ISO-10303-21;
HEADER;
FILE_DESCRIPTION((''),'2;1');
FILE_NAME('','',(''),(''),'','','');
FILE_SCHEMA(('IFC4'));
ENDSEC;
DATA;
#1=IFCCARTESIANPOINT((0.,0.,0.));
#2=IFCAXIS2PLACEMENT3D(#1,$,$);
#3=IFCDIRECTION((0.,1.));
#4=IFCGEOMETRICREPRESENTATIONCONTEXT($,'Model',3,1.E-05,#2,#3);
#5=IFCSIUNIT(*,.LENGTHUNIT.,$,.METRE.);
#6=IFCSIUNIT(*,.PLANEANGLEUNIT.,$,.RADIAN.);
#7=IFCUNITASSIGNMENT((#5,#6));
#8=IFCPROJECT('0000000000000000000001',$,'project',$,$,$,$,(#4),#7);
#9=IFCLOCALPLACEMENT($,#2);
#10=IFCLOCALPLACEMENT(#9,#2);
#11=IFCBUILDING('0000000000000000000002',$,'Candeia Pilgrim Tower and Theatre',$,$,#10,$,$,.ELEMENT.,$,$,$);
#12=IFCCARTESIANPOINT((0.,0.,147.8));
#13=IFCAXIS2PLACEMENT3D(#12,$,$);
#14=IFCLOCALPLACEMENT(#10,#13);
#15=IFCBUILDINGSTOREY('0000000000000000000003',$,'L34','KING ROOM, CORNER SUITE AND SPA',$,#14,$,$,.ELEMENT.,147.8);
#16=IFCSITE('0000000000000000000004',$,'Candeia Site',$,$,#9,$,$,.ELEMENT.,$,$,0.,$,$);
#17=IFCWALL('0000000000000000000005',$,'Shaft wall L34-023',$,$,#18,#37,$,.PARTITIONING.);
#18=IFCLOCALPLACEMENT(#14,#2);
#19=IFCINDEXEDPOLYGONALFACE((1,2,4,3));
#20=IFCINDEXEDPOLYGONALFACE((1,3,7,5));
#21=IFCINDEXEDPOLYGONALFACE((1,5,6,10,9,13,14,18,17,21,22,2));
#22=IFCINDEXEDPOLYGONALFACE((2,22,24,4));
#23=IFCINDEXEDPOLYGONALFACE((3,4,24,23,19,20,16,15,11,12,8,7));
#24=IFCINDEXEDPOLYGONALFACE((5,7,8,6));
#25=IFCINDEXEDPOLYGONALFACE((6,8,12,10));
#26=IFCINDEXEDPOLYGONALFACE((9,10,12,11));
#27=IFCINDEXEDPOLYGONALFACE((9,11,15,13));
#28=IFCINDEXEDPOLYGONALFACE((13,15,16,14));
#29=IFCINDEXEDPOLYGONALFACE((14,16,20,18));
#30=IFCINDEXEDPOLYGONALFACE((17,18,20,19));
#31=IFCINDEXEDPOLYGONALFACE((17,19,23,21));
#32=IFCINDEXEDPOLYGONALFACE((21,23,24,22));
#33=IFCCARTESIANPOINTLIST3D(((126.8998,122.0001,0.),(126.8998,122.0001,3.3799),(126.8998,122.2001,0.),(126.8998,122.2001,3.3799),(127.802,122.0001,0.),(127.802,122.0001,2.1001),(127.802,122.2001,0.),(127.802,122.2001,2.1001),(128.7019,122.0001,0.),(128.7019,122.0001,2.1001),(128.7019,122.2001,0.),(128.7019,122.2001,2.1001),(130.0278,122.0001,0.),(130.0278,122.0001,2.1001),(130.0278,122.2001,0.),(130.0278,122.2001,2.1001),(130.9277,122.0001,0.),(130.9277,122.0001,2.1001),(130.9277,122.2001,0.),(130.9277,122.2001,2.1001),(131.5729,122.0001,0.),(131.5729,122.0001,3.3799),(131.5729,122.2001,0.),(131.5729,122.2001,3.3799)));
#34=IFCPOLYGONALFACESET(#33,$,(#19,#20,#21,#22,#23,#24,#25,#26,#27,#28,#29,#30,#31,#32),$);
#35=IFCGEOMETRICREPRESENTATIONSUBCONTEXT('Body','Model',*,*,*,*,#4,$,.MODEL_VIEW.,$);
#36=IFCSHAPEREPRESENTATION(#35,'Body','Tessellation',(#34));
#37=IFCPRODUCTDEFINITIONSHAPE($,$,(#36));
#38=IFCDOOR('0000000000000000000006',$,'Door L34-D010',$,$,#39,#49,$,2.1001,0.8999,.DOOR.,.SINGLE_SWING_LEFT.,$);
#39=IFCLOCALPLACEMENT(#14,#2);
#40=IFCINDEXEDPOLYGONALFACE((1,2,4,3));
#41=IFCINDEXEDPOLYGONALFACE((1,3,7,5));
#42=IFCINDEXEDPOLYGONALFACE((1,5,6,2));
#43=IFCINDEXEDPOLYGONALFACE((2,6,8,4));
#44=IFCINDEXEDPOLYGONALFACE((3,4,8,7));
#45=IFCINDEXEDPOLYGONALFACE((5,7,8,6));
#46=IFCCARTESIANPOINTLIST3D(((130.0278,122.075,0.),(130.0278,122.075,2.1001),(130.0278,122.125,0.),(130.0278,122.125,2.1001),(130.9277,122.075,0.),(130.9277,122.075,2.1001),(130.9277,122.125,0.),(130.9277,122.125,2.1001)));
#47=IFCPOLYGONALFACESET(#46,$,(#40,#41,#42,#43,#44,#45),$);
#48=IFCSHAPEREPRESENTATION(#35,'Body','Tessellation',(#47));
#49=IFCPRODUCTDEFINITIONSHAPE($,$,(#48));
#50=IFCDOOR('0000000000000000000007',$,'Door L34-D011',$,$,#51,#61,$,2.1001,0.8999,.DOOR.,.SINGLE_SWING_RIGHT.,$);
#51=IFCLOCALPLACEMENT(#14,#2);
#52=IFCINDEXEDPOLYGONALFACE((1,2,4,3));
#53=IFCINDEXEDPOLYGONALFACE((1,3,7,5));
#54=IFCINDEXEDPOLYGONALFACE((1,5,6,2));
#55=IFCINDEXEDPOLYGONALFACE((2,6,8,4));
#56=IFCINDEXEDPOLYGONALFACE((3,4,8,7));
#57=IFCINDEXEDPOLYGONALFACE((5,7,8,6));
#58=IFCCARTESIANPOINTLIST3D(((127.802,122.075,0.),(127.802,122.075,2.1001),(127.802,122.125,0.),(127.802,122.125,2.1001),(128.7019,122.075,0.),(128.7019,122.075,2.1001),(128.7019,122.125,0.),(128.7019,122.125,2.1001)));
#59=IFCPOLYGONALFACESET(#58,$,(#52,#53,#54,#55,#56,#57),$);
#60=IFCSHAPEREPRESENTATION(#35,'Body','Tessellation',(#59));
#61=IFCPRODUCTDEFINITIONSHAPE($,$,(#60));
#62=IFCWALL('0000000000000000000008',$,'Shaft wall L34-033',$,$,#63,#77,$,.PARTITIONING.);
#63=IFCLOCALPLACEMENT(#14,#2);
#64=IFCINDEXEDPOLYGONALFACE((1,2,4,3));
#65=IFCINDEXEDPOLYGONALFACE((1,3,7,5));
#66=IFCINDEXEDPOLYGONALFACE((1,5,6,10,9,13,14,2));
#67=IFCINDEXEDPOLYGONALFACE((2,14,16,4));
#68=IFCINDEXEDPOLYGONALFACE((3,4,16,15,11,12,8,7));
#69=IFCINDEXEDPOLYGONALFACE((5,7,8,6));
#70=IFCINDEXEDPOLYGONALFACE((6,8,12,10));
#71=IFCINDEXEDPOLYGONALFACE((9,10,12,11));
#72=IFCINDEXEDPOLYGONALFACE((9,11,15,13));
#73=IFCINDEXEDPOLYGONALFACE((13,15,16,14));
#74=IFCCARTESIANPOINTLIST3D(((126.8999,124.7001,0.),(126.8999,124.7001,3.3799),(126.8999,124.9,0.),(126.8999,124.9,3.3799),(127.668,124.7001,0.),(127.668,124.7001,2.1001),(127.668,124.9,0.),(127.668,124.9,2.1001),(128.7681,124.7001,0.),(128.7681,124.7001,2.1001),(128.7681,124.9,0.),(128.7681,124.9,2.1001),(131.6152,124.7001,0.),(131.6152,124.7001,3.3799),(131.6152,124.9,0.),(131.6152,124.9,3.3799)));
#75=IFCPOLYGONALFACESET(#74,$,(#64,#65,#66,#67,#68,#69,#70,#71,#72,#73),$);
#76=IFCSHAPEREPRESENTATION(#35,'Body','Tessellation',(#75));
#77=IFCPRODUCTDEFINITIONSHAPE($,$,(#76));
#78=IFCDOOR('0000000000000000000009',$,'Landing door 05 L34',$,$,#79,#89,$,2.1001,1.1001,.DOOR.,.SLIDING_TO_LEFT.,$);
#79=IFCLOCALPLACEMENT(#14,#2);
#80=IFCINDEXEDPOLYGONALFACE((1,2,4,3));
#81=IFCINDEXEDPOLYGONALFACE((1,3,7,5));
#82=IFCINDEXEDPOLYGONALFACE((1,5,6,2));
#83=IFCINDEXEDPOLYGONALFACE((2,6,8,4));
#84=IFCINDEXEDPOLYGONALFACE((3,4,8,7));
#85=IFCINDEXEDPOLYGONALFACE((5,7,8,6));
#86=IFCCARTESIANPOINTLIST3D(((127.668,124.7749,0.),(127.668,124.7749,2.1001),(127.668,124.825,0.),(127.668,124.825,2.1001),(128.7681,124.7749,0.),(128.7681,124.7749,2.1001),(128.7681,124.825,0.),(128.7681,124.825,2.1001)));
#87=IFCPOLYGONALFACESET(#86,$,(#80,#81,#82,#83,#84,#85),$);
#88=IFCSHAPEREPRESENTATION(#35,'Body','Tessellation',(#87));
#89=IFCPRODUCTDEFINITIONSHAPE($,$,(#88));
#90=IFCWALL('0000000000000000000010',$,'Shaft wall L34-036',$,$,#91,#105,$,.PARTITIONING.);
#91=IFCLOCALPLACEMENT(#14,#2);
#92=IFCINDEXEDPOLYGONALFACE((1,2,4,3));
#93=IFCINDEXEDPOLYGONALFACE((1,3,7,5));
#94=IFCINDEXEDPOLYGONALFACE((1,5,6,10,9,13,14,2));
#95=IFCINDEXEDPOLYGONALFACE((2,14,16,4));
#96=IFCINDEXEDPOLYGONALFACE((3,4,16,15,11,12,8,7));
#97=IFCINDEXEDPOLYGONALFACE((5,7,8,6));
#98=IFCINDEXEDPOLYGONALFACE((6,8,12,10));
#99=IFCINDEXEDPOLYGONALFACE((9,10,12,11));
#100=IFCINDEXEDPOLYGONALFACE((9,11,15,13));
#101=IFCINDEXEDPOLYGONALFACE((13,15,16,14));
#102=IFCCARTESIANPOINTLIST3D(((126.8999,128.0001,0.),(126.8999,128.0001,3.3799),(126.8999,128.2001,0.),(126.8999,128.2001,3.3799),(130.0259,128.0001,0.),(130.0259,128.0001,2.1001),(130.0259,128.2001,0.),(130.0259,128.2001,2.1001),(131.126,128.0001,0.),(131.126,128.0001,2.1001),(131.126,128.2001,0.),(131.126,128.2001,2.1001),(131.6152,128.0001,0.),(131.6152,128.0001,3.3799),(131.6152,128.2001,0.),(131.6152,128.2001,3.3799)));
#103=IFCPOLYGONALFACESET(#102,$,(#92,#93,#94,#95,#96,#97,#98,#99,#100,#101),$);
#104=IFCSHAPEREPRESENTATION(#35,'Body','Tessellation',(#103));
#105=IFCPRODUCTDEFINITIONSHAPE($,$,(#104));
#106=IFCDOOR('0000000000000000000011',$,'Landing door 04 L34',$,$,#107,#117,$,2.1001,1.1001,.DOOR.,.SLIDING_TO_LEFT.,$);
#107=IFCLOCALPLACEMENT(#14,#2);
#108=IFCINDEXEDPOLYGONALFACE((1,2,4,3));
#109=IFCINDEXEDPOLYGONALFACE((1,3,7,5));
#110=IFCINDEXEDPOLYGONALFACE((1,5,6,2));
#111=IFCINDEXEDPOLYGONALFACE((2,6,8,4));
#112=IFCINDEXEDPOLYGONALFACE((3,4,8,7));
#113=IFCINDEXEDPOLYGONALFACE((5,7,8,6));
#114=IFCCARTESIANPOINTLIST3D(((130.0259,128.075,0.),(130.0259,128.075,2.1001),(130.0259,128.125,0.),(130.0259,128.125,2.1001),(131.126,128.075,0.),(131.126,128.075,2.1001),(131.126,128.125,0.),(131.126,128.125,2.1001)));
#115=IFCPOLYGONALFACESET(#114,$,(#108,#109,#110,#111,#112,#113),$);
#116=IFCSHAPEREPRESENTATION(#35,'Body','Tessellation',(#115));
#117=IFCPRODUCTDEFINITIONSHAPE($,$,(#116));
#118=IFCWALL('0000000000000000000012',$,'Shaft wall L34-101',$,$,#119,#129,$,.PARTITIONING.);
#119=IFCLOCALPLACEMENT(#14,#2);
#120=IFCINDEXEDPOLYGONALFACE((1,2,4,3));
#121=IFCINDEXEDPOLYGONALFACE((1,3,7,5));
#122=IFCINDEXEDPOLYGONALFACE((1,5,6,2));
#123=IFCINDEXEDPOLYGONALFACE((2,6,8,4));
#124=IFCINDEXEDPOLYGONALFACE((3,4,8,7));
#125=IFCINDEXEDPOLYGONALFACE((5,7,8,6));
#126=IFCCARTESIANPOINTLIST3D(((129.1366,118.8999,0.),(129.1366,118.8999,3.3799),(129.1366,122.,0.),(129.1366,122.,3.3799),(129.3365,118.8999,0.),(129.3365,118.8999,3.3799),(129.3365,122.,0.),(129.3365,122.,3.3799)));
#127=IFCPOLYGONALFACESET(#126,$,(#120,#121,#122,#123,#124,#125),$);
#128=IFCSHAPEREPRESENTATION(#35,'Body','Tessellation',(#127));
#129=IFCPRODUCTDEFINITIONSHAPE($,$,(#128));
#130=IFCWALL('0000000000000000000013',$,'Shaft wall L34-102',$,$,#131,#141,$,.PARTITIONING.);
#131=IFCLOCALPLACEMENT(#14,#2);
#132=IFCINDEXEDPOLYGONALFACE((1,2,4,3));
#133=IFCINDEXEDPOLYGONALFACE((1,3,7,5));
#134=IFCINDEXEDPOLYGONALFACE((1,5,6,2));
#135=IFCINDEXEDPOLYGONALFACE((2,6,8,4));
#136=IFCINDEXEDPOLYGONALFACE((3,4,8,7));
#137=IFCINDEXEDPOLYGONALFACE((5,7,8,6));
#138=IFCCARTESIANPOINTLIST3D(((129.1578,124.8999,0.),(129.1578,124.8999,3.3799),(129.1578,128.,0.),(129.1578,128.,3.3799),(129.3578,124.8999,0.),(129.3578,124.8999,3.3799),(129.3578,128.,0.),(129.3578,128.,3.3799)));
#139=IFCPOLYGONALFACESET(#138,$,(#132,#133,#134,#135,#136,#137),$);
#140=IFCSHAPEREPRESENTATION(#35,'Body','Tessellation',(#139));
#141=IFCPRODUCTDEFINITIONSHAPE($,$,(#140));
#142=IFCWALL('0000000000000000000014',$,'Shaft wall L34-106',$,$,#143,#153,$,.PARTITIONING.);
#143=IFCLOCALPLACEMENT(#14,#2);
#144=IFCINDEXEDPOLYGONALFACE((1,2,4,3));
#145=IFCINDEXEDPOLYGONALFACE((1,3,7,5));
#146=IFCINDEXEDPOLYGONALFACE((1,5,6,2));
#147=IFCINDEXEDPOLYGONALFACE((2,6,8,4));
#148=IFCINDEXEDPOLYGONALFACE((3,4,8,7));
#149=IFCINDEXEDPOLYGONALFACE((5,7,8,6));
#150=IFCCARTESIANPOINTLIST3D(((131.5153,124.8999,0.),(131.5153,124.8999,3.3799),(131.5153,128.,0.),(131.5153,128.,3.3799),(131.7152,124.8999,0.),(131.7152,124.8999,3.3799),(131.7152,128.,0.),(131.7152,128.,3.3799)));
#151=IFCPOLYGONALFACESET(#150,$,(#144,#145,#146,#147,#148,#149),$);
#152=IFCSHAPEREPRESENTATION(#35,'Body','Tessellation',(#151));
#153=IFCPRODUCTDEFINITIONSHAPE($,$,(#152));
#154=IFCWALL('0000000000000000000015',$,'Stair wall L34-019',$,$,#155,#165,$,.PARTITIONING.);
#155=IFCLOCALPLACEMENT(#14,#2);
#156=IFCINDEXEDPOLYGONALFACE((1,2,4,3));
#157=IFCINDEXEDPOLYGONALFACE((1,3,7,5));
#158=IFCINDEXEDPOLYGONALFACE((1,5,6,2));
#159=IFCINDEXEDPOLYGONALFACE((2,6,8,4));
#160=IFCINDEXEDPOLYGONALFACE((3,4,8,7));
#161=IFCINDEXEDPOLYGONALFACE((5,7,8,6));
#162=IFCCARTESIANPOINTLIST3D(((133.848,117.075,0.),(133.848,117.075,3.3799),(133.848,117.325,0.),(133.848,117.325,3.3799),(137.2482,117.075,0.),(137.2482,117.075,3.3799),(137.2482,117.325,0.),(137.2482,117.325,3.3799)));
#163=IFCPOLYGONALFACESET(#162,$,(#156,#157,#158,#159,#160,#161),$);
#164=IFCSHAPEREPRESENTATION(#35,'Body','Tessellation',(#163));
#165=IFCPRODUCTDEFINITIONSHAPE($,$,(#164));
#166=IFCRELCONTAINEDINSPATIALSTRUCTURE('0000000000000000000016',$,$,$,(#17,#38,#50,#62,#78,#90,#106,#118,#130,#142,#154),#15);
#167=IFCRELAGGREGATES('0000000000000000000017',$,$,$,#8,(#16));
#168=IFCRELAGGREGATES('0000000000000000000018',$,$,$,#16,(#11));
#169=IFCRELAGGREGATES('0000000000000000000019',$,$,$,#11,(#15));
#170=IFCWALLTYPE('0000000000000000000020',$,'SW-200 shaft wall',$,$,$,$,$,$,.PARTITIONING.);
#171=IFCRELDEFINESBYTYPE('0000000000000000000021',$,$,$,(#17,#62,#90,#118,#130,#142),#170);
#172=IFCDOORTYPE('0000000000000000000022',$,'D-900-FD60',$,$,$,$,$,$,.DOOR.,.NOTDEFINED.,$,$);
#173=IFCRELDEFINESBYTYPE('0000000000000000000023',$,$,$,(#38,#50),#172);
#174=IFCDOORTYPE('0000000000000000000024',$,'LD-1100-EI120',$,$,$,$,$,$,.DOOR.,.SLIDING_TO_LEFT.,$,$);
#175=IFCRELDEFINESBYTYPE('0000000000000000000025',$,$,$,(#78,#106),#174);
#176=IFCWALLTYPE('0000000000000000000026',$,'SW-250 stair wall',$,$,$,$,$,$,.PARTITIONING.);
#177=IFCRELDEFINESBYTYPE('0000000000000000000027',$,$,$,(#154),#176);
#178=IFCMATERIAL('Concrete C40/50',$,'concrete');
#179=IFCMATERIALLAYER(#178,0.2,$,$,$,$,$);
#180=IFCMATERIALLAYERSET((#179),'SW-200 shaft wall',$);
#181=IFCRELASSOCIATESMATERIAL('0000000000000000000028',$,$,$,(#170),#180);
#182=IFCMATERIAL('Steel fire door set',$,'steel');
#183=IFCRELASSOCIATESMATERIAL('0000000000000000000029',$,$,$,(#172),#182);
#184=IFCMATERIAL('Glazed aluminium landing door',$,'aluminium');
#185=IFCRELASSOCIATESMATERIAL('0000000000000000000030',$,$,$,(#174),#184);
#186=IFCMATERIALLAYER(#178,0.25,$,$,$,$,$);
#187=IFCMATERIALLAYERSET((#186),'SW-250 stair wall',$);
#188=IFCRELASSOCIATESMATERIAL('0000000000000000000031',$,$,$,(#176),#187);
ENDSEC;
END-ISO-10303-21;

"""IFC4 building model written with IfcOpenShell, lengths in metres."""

from ifc_helpers import new_model, si_unit, direction, frame, frame_2d, origin, place, context, subcontext, project, spatial, rectangle, extrude, material, layer, layer_set, type_object, element, fill, save


model = new_model("IFC4")

# Units and contexts
model_context = context("Model", 3, precision=1e-05, world=origin(), true_north=direction((0.0, 1.0)))
body_context = subcontext(model_context, "Body", "Model", "MODEL_VIEW")
ifc_project = project(units=[si_unit("LENGTHUNIT", "METRE"), si_unit("PLANEANGLEUNIT", "RADIAN")], contexts=[model_context])

# Site, building, storey
site_placement = place(None, origin())
site = spatial("IfcSite", under=ifc_project, at=site_placement, Name="Candeia Site", CompositionType="ELEMENT", RefElevation=0.0)
building_placement = place(site_placement, origin())
building = spatial("IfcBuilding", under=site, at=building_placement, Name="Candeia Pilgrim Tower and Theatre", CompositionType="ELEMENT")
storey_placement = place(building_placement, frame((0.0, 0.0, 147.8)))
storey = spatial("IfcBuildingStorey", under=building, at=storey_placement, Name="L34", Description="KING ROOM, CORNER SUITE AND SPA", CompositionType="ELEMENT", Elevation=147.8)

# Shared definitions
ifc_material_1 = material(Name="Steel fire door set", Category="steel")

# Shared definitions
ifc_material_2 = material(Name="Concrete C40/50", Category="concrete")
ifc_layer_1 = layer(ifc_material_2, 0.2)
ifc_layer_set_1 = layer_set([ifc_layer_1], Name="SW-200 shaft wall")
wall_type_1 = type_object("IfcWallType", Name="SW-200 shaft wall", PredefinedType="PARTITIONING", material=ifc_layer_set_1)

# Wall, openings, doors
wall_1_placement = place(storey_placement, frame((126.8999, 122.1001, 0.0), z_axis=(0.0, 0.0, 1.0), x_axis=(1.0, 0.0, 0.0)))
wall_1 = element("IfcWall", 1, at=wall_1_placement, inside=storey, type_object=wall_type_1, Name="Shaft wall L34-023", PredefinedType="PARTITIONING", context=body_context, shape_type="SweptSolid", body=[
    extrude(rectangle(XDim=4.6731, YDim=0.2, at=frame_2d((2.3364, 0.0))), origin(), (0.0, 0.0, 1.0), 3.3799),
])
opening_1_placement = place(wall_1_placement, frame((3.1279, 0.0, 0.0)))
opening_1 = element("IfcOpeningElement", 2, at=opening_1_placement, cuts=wall_1, PredefinedType="OPENING", context=body_context, shape_type="SweptSolid", body=[
    extrude(rectangle(XDim=0.8999, YDim=2.1001, at=frame_2d((0.45, 1.05))), frame((0.0, 0.1099, 0.0), z_axis=(0.0, -1.0, 0.0), x_axis=(1.0, 0.0, 0.0)), (0.0, 0.0, 1.0), 0.22),
])
opening_2_placement = place(wall_1_placement, frame((0.9021, 0.0, 0.0)))
opening_2 = element("IfcOpeningElement", 3, at=opening_2_placement, cuts=wall_1, PredefinedType="OPENING", context=body_context, shape_type="SweptSolid", body=[
    extrude(rectangle(XDim=0.8999, YDim=2.1001, at=frame_2d((0.45, 1.05))), frame((0.0, 0.1099, 0.0), z_axis=(0.0, -1.0, 0.0), x_axis=(1.0, 0.0, 0.0)), (0.0, 0.0, 1.0), 0.22),
])
door_type_1 = type_object("IfcDoorType", Name="D-900-FD60", OperationType="NOTDEFINED", PredefinedType="DOOR", material=ifc_material_1)
door_1_placement = place(opening_1_placement, origin())
door_1 = element("IfcDoor", 4, at=door_1_placement, inside=storey, type_object=door_type_1, Name="Door L34-D010", OperationType="SINGLE_SWING_LEFT", OverallHeight=2.1001, OverallWidth=0.8999, PredefinedType="DOOR", context=body_context, shape_type="SweptSolid", body=[
    extrude(rectangle(XDim=0.8999, YDim=2.1001, at=frame_2d((0.45, 1.05))), frame((0.0, 0.0249, 0.0), z_axis=(0.0, -1.0, 0.0), x_axis=(1.0, 0.0, 0.0)), (0.0, 0.0, 1.0), 0.05),
])
fill(opening_1, door_1)
door_2_placement = place(opening_2_placement, origin())
door_2 = element("IfcDoor", 5, at=door_2_placement, inside=storey, type_object=door_type_1, Name="Door L34-D011", OperationType="SINGLE_SWING_RIGHT", OverallHeight=2.1001, OverallWidth=0.8999, PredefinedType="DOOR", context=body_context, shape_type="SweptSolid", body=[
    extrude(rectangle(XDim=0.8999, YDim=2.1001, at=frame_2d((0.45, 1.05))), frame((0.0, 0.0249, 0.0), z_axis=(0.0, -1.0, 0.0), x_axis=(1.0, 0.0, 0.0)), (0.0, 0.0, 1.0), 0.05),
])
fill(opening_2, door_2)

# Walls, openings, doors
wall_2_placement = place(storey_placement, frame((126.8999, 124.8, 0.0), z_axis=(0.0, 0.0, 1.0), x_axis=(1.0, 0.0, 0.0)))
wall_2 = element("IfcWall", 6, at=wall_2_placement, inside=storey, type_object=wall_type_1, Name="Shaft wall L34-033", PredefinedType="PARTITIONING", context=body_context, shape_type="SweptSolid", body=[
    extrude(rectangle(XDim=4.7153, YDim=0.2, at=frame_2d((2.3577, 0.0))), origin(), (0.0, 0.0, 1.0), 3.3799),
])
opening_3_placement = place(wall_2_placement, frame((0.7681, 0.0, 0.0)))
opening_3 = element("IfcOpeningElement", 7, at=opening_3_placement, cuts=wall_2, PredefinedType="OPENING", context=body_context, shape_type="SweptSolid", body=[
    extrude(rectangle(XDim=1.1001, YDim=2.1001, at=frame_2d((0.55, 1.05))), frame((0.0, 0.1099, 0.0), z_axis=(0.0, -1.0, 0.0), x_axis=(1.0, 0.0, 0.0)), (0.0, 0.0, 1.0), 0.22),
])
ifc_material_3 = material(Name="Glazed aluminium landing door", Category="aluminium")
door_type_2 = type_object("IfcDoorType", Name="LD-1100-EI120", OperationType="SLIDING_TO_LEFT", PredefinedType="DOOR", material=ifc_material_3)
door_3_placement = place(opening_3_placement, origin())
door_3 = element("IfcDoor", 8, at=door_3_placement, inside=storey, type_object=door_type_2, Name="Landing door 05 L34", OperationType="SLIDING_TO_LEFT", OverallHeight=2.1001, OverallWidth=1.1001, PredefinedType="DOOR", context=body_context, shape_type="SweptSolid", body=[
    extrude(rectangle(XDim=1.1001, YDim=2.1001, at=frame_2d((0.55, 1.05))), frame((0.0, 0.0249, 0.0), z_axis=(0.0, -1.0, 0.0), x_axis=(1.0, 0.0, 0.0)), (0.0, 0.0, 1.0), 0.05),
])
fill(opening_3, door_3)
wall_3_placement = place(storey_placement, frame((126.8999, 128.1001, 0.0), z_axis=(0.0, 0.0, 1.0), x_axis=(1.0, 0.0, 0.0)))
wall_3 = element("IfcWall", 9, at=wall_3_placement, inside=storey, type_object=wall_type_1, Name="Shaft wall L34-036", PredefinedType="PARTITIONING", context=body_context, shape_type="SweptSolid", body=[
    extrude(rectangle(XDim=4.7153, YDim=0.2, at=frame_2d((2.3577, 0.0))), origin(), (0.0, 0.0, 1.0), 3.3799),
])
opening_4_placement = place(wall_3_placement, frame((3.126, 0.0, 0.0)))
opening_4 = element("IfcOpeningElement", 10, at=opening_4_placement, cuts=wall_3, PredefinedType="OPENING", context=body_context, shape_type="SweptSolid", body=[
    extrude(rectangle(XDim=1.1001, YDim=2.1001, at=frame_2d((0.55, 1.05))), frame((0.0, 0.1099, 0.0), z_axis=(0.0, -1.0, 0.0), x_axis=(1.0, 0.0, 0.0)), (0.0, 0.0, 1.0), 0.22),
])
door_4_placement = place(opening_4_placement, origin())
door_4 = element("IfcDoor", 11, at=door_4_placement, inside=storey, type_object=door_type_2, Name="Landing door 04 L34", OperationType="SLIDING_TO_LEFT", OverallHeight=2.1001, OverallWidth=1.1001, PredefinedType="DOOR", context=body_context, shape_type="SweptSolid", body=[
    extrude(rectangle(XDim=1.1001, YDim=2.1001, at=frame_2d((0.55, 1.05))), frame((0.0, 0.0249, 0.0), z_axis=(0.0, -1.0, 0.0), x_axis=(1.0, 0.0, 0.0)), (0.0, 0.0, 1.0), 0.05),
])
fill(opening_4, door_4)

# Walls
for number, where, z_axis, x_axis, name in (
    (12, (129.2366, 118.8999, 0.0), (0.0, 0.0, 1.0), (0.0, 1.0, 0.0), "Shaft wall L34-101"),
    (13, (129.2578, 124.8999, 0.0), (0.0, 0.0, 1.0), (0.0, 1.0, 0.0), "Shaft wall L34-102"),
    (14, (131.6152, 124.8999, 0.0), (0.0, 0.0, 1.0), (0.0, 1.0, 0.0), "Shaft wall L34-106"),
):
    element("IfcWall", number, at=place(storey_placement, frame(where, z_axis=z_axis, x_axis=x_axis)), inside=storey, type_object=wall_type_1, Name=name, PredefinedType="PARTITIONING", context=body_context, shape_type="SweptSolid", body=[
        extrude(rectangle(XDim=3.1001, YDim=0.2, at=frame_2d((1.55, 0.0))), origin(), (0.0, 0.0, 1.0), 3.3799),
    ])
ifc_layer_2 = layer(ifc_material_2, 0.25)
ifc_layer_set_2 = layer_set([ifc_layer_2], Name="SW-250 stair wall")
wall_type_2 = type_object("IfcWallType", Name="SW-250 stair wall", PredefinedType="PARTITIONING", material=ifc_layer_set_2)
wall_4_placement = place(storey_placement, frame((133.8479, 117.2, 0.0), z_axis=(0.0, 0.0, 1.0), x_axis=(1.0, 0.0, 0.0)))
element("IfcWall", 15, at=wall_4_placement, inside=storey, type_object=wall_type_2, Name="Stair wall L34-019", PredefinedType="PARTITIONING", context=body_context, shape_type="SweptSolid", body=[
    extrude(rectangle(XDim=3.4001, YDim=0.25, at=frame_2d((1.7002, 0.0))), origin(), (0.0, 0.0, 1.0), 3.3799),
])

save(model, "model.ifc")
